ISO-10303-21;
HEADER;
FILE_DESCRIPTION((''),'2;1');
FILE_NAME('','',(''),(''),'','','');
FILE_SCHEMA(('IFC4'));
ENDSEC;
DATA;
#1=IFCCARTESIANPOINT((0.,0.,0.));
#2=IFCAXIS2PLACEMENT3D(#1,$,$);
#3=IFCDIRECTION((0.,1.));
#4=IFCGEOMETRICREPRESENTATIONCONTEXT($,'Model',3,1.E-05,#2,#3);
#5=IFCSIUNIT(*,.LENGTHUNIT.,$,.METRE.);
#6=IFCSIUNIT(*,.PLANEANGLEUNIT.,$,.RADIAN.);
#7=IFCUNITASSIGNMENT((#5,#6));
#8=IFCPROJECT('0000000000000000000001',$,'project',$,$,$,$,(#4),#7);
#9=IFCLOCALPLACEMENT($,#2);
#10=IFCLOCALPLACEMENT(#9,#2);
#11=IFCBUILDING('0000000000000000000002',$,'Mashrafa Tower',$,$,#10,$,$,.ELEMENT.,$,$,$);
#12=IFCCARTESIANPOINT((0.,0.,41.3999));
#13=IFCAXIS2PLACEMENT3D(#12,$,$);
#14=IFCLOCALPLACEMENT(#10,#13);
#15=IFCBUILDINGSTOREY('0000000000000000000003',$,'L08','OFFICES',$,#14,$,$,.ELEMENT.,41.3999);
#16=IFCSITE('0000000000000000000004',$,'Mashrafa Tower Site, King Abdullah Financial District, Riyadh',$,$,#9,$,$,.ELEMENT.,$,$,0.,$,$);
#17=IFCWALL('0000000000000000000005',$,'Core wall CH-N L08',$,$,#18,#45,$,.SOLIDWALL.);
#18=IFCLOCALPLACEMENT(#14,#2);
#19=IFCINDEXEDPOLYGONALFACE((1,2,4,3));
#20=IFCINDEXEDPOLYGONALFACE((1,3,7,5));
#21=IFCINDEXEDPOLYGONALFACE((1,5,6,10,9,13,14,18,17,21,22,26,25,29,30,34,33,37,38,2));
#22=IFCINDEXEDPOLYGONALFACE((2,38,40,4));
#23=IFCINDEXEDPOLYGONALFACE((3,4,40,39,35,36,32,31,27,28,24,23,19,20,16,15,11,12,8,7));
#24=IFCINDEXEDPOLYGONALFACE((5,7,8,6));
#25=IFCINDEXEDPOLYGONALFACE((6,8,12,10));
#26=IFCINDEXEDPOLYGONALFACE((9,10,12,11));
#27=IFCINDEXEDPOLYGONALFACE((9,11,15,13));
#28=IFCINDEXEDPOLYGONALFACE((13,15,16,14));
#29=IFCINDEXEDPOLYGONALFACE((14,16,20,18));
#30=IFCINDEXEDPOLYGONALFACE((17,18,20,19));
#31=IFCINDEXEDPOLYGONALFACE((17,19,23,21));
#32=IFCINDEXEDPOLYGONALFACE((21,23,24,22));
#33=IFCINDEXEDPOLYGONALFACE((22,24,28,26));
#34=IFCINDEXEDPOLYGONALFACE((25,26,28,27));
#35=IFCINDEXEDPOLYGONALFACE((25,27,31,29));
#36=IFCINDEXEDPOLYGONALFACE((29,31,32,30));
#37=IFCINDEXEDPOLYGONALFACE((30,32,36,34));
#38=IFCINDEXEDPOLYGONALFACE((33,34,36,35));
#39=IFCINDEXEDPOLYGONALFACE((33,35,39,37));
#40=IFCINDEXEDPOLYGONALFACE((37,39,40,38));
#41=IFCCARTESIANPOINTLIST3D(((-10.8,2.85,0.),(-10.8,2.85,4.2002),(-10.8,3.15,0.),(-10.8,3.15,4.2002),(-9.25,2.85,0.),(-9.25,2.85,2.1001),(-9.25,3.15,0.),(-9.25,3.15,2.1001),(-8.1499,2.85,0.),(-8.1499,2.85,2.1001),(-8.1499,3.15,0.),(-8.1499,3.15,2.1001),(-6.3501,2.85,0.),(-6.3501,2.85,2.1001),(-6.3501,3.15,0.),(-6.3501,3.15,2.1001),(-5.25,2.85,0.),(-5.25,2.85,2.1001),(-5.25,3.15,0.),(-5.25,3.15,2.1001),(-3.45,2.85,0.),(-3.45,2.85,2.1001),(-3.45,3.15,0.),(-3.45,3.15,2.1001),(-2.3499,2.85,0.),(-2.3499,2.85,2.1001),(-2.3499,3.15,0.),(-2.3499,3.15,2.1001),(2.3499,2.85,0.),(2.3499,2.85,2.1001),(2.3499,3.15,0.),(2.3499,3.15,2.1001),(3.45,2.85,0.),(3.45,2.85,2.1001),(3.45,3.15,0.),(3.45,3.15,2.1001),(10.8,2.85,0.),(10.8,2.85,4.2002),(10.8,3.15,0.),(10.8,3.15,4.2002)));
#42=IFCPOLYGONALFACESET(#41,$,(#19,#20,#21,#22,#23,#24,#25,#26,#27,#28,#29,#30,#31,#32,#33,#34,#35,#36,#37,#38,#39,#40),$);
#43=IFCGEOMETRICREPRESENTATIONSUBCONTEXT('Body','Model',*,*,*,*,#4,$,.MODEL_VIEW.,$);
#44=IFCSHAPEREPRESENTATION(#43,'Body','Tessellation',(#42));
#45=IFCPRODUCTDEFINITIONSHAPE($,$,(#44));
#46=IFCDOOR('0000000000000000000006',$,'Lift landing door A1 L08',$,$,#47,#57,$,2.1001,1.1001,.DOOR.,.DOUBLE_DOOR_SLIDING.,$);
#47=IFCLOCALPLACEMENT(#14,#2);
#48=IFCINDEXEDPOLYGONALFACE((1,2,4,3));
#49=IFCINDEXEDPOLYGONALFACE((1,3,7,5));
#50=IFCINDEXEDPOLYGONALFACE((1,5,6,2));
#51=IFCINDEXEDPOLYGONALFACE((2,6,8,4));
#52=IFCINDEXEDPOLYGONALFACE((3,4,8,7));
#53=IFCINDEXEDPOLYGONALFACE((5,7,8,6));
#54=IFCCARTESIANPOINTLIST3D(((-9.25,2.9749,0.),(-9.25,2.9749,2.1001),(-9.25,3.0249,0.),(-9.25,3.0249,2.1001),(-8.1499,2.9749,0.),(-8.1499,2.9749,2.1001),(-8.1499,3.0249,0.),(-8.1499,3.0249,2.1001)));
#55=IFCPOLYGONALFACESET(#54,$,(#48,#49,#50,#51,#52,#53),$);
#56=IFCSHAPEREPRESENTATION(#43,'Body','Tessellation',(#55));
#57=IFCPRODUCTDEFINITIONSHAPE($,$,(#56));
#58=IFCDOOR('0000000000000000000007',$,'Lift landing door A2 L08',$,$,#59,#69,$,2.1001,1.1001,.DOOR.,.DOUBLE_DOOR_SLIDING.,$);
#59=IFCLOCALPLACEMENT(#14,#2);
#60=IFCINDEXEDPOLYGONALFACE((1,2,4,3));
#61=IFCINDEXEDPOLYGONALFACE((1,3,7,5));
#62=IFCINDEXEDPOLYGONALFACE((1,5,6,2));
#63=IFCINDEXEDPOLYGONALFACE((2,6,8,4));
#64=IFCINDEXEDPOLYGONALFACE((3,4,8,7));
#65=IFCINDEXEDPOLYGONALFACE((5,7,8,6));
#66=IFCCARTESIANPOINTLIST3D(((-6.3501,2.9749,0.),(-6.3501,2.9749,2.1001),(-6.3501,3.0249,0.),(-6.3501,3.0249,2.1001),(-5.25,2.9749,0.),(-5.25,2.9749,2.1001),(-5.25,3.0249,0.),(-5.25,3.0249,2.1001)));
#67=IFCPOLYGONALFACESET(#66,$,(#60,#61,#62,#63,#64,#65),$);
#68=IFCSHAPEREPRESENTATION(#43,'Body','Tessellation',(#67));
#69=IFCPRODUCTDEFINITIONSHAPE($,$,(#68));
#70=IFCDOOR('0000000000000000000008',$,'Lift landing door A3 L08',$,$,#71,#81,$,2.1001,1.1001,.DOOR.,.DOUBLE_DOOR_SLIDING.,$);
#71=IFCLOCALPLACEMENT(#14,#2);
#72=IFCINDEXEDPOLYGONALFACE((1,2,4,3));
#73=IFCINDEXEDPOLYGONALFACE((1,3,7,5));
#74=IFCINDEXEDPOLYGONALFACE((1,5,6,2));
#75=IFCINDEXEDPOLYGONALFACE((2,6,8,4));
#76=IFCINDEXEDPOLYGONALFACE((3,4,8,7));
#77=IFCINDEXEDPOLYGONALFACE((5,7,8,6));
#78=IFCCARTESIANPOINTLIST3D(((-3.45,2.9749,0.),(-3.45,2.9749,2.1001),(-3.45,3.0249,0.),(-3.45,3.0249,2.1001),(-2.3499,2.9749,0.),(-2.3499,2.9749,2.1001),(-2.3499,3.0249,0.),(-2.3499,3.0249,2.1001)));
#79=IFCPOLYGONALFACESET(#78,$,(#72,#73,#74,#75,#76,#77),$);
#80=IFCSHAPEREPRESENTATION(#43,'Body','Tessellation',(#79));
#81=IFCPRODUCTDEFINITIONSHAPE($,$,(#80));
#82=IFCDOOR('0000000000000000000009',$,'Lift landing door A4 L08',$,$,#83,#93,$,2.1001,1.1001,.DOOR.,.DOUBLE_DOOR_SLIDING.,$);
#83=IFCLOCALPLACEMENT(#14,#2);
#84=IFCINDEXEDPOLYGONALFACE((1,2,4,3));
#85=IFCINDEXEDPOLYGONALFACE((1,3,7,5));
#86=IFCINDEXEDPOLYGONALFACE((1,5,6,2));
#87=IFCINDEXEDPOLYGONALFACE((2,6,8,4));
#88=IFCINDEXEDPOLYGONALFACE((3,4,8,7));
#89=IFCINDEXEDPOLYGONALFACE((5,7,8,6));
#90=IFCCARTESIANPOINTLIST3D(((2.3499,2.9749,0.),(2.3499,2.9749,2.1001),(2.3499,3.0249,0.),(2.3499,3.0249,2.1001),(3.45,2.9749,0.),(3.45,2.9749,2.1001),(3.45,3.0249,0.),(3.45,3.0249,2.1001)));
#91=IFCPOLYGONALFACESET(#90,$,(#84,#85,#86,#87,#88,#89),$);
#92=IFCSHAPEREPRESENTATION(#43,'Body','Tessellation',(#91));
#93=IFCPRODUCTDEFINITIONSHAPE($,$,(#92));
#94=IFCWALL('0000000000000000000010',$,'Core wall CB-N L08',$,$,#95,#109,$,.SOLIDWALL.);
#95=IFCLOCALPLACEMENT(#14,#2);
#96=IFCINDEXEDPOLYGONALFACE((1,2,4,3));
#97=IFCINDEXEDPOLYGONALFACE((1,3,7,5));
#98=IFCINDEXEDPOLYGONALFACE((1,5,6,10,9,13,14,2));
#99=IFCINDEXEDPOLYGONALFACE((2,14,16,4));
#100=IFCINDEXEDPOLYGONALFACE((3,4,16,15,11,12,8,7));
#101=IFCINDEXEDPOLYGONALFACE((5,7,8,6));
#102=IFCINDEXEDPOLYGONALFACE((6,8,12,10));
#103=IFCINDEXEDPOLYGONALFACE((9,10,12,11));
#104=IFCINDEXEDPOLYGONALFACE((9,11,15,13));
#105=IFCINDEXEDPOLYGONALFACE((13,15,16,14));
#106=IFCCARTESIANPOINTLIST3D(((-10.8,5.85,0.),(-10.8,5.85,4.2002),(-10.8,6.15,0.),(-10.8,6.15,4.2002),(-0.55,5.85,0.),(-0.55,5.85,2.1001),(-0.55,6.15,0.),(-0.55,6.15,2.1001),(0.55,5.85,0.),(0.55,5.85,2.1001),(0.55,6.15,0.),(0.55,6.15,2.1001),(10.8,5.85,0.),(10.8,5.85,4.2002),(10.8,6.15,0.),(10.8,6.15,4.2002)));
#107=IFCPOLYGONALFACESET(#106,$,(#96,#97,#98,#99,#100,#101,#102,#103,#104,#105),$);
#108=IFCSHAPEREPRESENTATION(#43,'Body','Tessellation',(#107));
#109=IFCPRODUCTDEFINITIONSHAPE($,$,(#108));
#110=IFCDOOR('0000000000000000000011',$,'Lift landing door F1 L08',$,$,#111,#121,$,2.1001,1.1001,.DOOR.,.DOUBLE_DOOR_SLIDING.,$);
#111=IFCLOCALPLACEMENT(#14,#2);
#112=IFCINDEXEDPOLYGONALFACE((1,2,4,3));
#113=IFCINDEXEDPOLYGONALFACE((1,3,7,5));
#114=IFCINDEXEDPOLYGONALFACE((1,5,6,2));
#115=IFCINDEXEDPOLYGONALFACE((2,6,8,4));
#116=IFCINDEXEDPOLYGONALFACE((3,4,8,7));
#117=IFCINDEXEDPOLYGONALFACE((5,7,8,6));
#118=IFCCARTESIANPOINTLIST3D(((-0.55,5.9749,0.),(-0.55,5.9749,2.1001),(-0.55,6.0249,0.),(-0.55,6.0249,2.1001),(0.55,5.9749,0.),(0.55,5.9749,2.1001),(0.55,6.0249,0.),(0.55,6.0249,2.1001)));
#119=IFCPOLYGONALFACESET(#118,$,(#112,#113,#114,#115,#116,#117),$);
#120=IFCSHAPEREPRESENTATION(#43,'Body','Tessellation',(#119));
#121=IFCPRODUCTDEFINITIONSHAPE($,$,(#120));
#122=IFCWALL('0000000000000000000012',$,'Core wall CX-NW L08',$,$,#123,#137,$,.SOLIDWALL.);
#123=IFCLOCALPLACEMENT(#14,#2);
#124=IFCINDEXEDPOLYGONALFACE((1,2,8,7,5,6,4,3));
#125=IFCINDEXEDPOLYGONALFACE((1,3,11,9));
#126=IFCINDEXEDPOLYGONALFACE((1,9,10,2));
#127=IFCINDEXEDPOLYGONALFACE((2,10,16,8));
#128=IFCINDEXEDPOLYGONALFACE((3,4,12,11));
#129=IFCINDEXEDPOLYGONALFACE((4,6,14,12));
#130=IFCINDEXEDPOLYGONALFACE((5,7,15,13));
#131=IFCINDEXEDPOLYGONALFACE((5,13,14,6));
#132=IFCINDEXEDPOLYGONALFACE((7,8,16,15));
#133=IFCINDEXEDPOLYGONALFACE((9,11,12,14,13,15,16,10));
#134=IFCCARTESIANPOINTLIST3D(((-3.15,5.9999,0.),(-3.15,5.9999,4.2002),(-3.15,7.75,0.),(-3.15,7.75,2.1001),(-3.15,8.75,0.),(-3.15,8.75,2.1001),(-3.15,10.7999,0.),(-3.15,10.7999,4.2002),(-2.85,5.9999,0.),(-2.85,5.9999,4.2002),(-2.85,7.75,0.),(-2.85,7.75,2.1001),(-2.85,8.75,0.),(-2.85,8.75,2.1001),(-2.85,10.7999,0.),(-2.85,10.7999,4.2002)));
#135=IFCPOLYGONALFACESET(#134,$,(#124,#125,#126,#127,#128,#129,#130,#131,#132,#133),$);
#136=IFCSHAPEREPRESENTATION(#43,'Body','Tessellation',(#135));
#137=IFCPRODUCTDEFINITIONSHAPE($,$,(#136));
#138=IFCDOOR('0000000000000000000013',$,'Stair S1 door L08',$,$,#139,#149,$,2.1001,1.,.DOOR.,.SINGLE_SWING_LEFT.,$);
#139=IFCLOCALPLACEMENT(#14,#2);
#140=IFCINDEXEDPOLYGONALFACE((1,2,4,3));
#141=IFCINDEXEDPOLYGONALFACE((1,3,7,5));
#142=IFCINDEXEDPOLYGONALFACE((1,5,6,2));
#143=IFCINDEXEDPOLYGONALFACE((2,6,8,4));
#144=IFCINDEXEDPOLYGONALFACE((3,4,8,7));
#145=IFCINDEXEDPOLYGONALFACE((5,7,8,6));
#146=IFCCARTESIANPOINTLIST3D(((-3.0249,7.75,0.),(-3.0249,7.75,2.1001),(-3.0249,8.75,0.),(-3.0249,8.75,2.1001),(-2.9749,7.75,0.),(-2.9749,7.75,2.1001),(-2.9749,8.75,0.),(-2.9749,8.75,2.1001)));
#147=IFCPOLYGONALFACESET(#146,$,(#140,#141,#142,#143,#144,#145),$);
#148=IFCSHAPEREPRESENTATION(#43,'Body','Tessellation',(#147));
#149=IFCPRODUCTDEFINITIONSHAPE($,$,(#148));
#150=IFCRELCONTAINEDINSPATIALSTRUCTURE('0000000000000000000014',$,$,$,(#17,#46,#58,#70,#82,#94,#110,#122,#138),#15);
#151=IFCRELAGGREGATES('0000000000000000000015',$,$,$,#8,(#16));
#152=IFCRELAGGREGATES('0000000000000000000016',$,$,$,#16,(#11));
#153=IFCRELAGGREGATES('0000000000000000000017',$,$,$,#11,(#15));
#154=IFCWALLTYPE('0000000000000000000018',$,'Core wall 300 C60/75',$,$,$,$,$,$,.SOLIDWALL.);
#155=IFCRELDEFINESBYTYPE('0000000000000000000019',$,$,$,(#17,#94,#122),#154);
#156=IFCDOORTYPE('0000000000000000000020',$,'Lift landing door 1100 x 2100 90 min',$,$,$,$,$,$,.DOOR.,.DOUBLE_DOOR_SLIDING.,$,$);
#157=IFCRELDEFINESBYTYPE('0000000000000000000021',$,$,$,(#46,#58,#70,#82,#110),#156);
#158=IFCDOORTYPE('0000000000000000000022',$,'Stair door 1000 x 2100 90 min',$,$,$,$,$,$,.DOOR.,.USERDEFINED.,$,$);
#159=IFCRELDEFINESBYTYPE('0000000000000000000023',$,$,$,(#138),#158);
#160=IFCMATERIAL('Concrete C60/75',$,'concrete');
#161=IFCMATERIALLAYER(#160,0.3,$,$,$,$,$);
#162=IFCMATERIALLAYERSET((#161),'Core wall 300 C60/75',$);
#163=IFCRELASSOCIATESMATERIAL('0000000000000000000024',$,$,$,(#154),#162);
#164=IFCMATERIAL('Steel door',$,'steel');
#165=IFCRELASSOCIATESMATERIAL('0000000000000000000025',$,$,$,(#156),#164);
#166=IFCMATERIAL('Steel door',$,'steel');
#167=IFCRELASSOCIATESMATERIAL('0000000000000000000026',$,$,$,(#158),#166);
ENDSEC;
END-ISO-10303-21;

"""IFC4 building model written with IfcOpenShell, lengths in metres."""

from ifc_helpers import new_model, si_unit, direction, frame, frame_2d, origin, place, context, subcontext, project, spatial, rectangle, extrude, material, layer, layer_set, type_object, element, fill, save


model = new_model("IFC4")

# Units and contexts
model_context = context("Model", 3, precision=1e-05, world=origin(), true_north=direction((0.0, 1.0)))
body_context = subcontext(model_context, "Body", "Model", "MODEL_VIEW")
ifc_project = project(units=[si_unit("LENGTHUNIT", "METRE"), si_unit("PLANEANGLEUNIT", "RADIAN")], contexts=[model_context])

# Site, building, storey
site_placement = place(None, origin())
site = spatial("IfcSite", under=ifc_project, at=site_placement, Name="Mashrafa Tower Site, King Abdullah Financial District, Riyadh", CompositionType="ELEMENT", RefElevation=0.0)
building_placement = place(site_placement, origin())
building = spatial("IfcBuilding", under=site, at=building_placement, Name="Mashrafa Tower", CompositionType="ELEMENT")
storey_placement = place(building_placement, frame((0.0, 0.0, 41.3999)))
storey = spatial("IfcBuildingStorey", under=building, at=storey_placement, Name="L08", Description="OFFICES", CompositionType="ELEMENT", Elevation=41.3999)

# Wall, openings, doors
ifc_material_1 = material(Name="Concrete C60/75", Category="concrete")
ifc_layer_1 = layer(ifc_material_1, 0.3)
ifc_layer_set_1 = layer_set([ifc_layer_1], Name="Core wall 300 C60/75")
wall_type_1 = type_object("IfcWallType", Name="Core wall 300 C60/75", PredefinedType="SOLIDWALL", material=ifc_layer_set_1)
wall_1_placement = place(storey_placement, frame((-10.8, 3.0, 0.0), z_axis=(0.0, 0.0, 1.0), x_axis=(1.0, 0.0, 0.0)))
wall_1 = element("IfcWall", 1, at=wall_1_placement, inside=storey, type_object=wall_type_1, Name="Core wall CH-N L08", PredefinedType="SOLIDWALL", context=body_context, shape_type="SweptSolid", body=[
    extrude(rectangle(XDim=21.6001, YDim=0.3, at=frame_2d((10.8, 0.0))), origin(), (0.0, 0.0, 1.0), 4.2002),
])
opening_1_placement = place(wall_1_placement, frame((1.55, 0.0, 0.0)))
opening_1 = element("IfcOpeningElement", 2, at=opening_1_placement, cuts=wall_1, PredefinedType="OPENING", context=body_context, shape_type="SweptSolid", body=[
    extrude(rectangle(XDim=1.1001, YDim=2.1001, at=frame_2d((0.55, 1.05))), frame((0.0, 0.1599, 0.0), z_axis=(0.0, -1.0, 0.0), x_axis=(1.0, 0.0, 0.0)), (0.0, 0.0, 1.0), 0.3201),
])
opening_2_placement = place(wall_1_placement, frame((4.45, 0.0, 0.0)))
opening_2 = element("IfcOpeningElement", 3, at=opening_2_placement, cuts=wall_1, PredefinedType="OPENING", context=body_context, shape_type="SweptSolid", body=[
    extrude(rectangle(XDim=1.1001, YDim=2.1001, at=frame_2d((0.55, 1.05))), frame((0.0, 0.1599, 0.0), z_axis=(0.0, -1.0, 0.0), x_axis=(1.0, 0.0, 0.0)), (0.0, 0.0, 1.0), 0.3201),
])
opening_3_placement = place(wall_1_placement, frame((7.3501, 0.0, 0.0)))
opening_3 = element("IfcOpeningElement", 4, at=opening_3_placement, cuts=wall_1, PredefinedType="OPENING", context=body_context, shape_type="SweptSolid", body=[
    extrude(rectangle(XDim=1.1001, YDim=2.1001, at=frame_2d((0.55, 1.05))), frame((0.0, 0.1599, 0.0), z_axis=(0.0, -1.0, 0.0), x_axis=(1.0, 0.0, 0.0)), (0.0, 0.0, 1.0), 0.3201),
])
opening_4_placement = place(wall_1_placement, frame((13.1499, 0.0, 0.0)))
opening_4 = element("IfcOpeningElement", 5, at=opening_4_placement, cuts=wall_1, PredefinedType="OPENING", context=body_context, shape_type="SweptSolid", body=[
    extrude(rectangle(XDim=1.1001, YDim=2.1001, at=frame_2d((0.55, 1.05))), frame((0.0, 0.1599, 0.0), z_axis=(0.0, -1.0, 0.0), x_axis=(1.0, 0.0, 0.0)), (0.0, 0.0, 1.0), 0.3201),
])
ifc_material_2 = material(Name="Steel door", Category="steel")
door_type_1 = type_object("IfcDoorType", Name="Lift landing door 1100 x 2100 90 min", OperationType="DOUBLE_DOOR_SLIDING", PredefinedType="DOOR", material=ifc_material_2)
door_1_placement = place(opening_1_placement, origin())
door_1 = element("IfcDoor", 6, at=door_1_placement, inside=storey, type_object=door_type_1, Name="Lift landing door A1 L08", OperationType="DOUBLE_DOOR_SLIDING", OverallHeight=2.1001, OverallWidth=1.1001, PredefinedType="DOOR", context=body_context, shape_type="SweptSolid", body=[
    extrude(rectangle(XDim=1.1001, YDim=2.1001, at=frame_2d((0.55, 1.05))), frame((0.0, 0.0249, 0.0), z_axis=(0.0, -1.0, 0.0), x_axis=(1.0, 0.0, 0.0)), (0.0, 0.0, 1.0), 0.05),
])
fill(opening_1, door_1)
door_2_placement = place(opening_2_placement, origin())
door_2 = element("IfcDoor", 7, at=door_2_placement, inside=storey, type_object=door_type_1, Name="Lift landing door A2 L08", OperationType="DOUBLE_DOOR_SLIDING", OverallHeight=2.1001, OverallWidth=1.1001, PredefinedType="DOOR", context=body_context, shape_type="SweptSolid", body=[
    extrude(rectangle(XDim=1.1001, YDim=2.1001, at=frame_2d((0.55, 1.05))), frame((0.0, 0.0249, 0.0), z_axis=(0.0, -1.0, 0.0), x_axis=(1.0, 0.0, 0.0)), (0.0, 0.0, 1.0), 0.05),
])
fill(opening_2, door_2)
door_3_placement = place(opening_3_placement, origin())
door_3 = element("IfcDoor", 8, at=door_3_placement, inside=storey, type_object=door_type_1, Name="Lift landing door A3 L08", OperationType="DOUBLE_DOOR_SLIDING", OverallHeight=2.1001, OverallWidth=1.1001, PredefinedType="DOOR", context=body_context, shape_type="SweptSolid", body=[
    extrude(rectangle(XDim=1.1001, YDim=2.1001, at=frame_2d((0.55, 1.05))), frame((0.0, 0.0249, 0.0), z_axis=(0.0, -1.0, 0.0), x_axis=(1.0, 0.0, 0.0)), (0.0, 0.0, 1.0), 0.05),
])
fill(opening_3, door_3)
door_4_placement = place(opening_4_placement, origin())
door_4 = element("IfcDoor", 9, at=door_4_placement, inside=storey, type_object=door_type_1, Name="Lift landing door A4 L08", OperationType="DOUBLE_DOOR_SLIDING", OverallHeight=2.1001, OverallWidth=1.1001, PredefinedType="DOOR", context=body_context, shape_type="SweptSolid", body=[
    extrude(rectangle(XDim=1.1001, YDim=2.1001, at=frame_2d((0.55, 1.05))), frame((0.0, 0.0249, 0.0), z_axis=(0.0, -1.0, 0.0), x_axis=(1.0, 0.0, 0.0)), (0.0, 0.0, 1.0), 0.05),
])
fill(opening_4, door_4)

# Walls, openings, doors
wall_2_placement = place(storey_placement, frame((-10.8, 6.0, 0.0), z_axis=(0.0, 0.0, 1.0), x_axis=(1.0, 0.0, 0.0)))
wall_2 = element("IfcWall", 10, at=wall_2_placement, inside=storey, type_object=wall_type_1, Name="Core wall CB-N L08", PredefinedType="SOLIDWALL", context=body_context, shape_type="SweptSolid", body=[
    extrude(rectangle(XDim=21.6001, YDim=0.3, at=frame_2d((10.8, 0.0))), origin(), (0.0, 0.0, 1.0), 4.2002),
])
opening_5_placement = place(wall_2_placement, frame((10.25, 0.0, 0.0)))
opening_5 = element("IfcOpeningElement", 11, at=opening_5_placement, cuts=wall_2, PredefinedType="OPENING", context=body_context, shape_type="SweptSolid", body=[
    extrude(rectangle(XDim=1.1001, YDim=2.1001, at=frame_2d((0.55, 1.05))), frame((0.0, 0.1599, 0.0), z_axis=(0.0, -1.0, 0.0), x_axis=(1.0, 0.0, 0.0)), (0.0, 0.0, 1.0), 0.3201),
])
door_5_placement = place(opening_5_placement, origin())
door_5 = element("IfcDoor", 12, at=door_5_placement, inside=storey, type_object=door_type_1, Name="Lift landing door F1 L08", OperationType="DOUBLE_DOOR_SLIDING", OverallHeight=2.1001, OverallWidth=1.1001, PredefinedType="DOOR", context=body_context, shape_type="SweptSolid", body=[
    extrude(rectangle(XDim=1.1001, YDim=2.1001, at=frame_2d((0.55, 1.05))), frame((0.0, 0.0249, 0.0), z_axis=(0.0, -1.0, 0.0), x_axis=(1.0, 0.0, 0.0)), (0.0, 0.0, 1.0), 0.05),
])
fill(opening_5, door_5)
wall_3_placement = place(storey_placement, frame((-3.0, 6.0, 0.0), z_axis=(0.0, 0.0, 1.0), x_axis=(0.0, 1.0, 0.0)))
wall_3 = element("IfcWall", 13, at=wall_3_placement, inside=storey, type_object=wall_type_1, Name="Core wall CX-NW L08", PredefinedType="SOLIDWALL", context=body_context, shape_type="SweptSolid", body=[
    extrude(rectangle(XDim=4.8, YDim=0.3, at=frame_2d((2.3999, 0.0))), origin(), (0.0, 0.0, 1.0), 4.2002),
])
opening_6_placement = place(wall_3_placement, frame((1.75, 0.0, 0.0)))
opening_6 = element("IfcOpeningElement", 14, at=opening_6_placement, cuts=wall_3, PredefinedType="OPENING", context=body_context, shape_type="SweptSolid", body=[
    extrude(rectangle(XDim=1.0, YDim=2.1001, at=frame_2d((0.5, 1.05))), frame((0.0, 0.1599, 0.0), z_axis=(0.0, -1.0, 0.0), x_axis=(1.0, 0.0, 0.0)), (0.0, 0.0, 1.0), 0.3201),
])
ifc_material_3 = material(Name="Steel door", Category="steel")
door_type_2 = type_object("IfcDoorType", Name="Stair door 1000 x 2100 90 min", OperationType="USERDEFINED", PredefinedType="DOOR", material=ifc_material_3)
door_6_placement = place(opening_6_placement, origin())
door_6 = element("IfcDoor", 15, at=door_6_placement, inside=storey, type_object=door_type_2, Name="Stair S1 door L08", OperationType="SINGLE_SWING_LEFT", OverallHeight=2.1001, OverallWidth=1.0, PredefinedType="DOOR", context=body_context, shape_type="SweptSolid", body=[
    extrude(rectangle(XDim=1.0, YDim=2.1001, at=frame_2d((0.5, 1.05))), frame((0.0, 0.0249, 0.0), z_axis=(0.0, -1.0, 0.0), x_axis=(1.0, 0.0, 0.0)), (0.0, 0.0, 1.0), 0.05),
])
fill(opening_6, door_6)

save(model, "model.ifc")
